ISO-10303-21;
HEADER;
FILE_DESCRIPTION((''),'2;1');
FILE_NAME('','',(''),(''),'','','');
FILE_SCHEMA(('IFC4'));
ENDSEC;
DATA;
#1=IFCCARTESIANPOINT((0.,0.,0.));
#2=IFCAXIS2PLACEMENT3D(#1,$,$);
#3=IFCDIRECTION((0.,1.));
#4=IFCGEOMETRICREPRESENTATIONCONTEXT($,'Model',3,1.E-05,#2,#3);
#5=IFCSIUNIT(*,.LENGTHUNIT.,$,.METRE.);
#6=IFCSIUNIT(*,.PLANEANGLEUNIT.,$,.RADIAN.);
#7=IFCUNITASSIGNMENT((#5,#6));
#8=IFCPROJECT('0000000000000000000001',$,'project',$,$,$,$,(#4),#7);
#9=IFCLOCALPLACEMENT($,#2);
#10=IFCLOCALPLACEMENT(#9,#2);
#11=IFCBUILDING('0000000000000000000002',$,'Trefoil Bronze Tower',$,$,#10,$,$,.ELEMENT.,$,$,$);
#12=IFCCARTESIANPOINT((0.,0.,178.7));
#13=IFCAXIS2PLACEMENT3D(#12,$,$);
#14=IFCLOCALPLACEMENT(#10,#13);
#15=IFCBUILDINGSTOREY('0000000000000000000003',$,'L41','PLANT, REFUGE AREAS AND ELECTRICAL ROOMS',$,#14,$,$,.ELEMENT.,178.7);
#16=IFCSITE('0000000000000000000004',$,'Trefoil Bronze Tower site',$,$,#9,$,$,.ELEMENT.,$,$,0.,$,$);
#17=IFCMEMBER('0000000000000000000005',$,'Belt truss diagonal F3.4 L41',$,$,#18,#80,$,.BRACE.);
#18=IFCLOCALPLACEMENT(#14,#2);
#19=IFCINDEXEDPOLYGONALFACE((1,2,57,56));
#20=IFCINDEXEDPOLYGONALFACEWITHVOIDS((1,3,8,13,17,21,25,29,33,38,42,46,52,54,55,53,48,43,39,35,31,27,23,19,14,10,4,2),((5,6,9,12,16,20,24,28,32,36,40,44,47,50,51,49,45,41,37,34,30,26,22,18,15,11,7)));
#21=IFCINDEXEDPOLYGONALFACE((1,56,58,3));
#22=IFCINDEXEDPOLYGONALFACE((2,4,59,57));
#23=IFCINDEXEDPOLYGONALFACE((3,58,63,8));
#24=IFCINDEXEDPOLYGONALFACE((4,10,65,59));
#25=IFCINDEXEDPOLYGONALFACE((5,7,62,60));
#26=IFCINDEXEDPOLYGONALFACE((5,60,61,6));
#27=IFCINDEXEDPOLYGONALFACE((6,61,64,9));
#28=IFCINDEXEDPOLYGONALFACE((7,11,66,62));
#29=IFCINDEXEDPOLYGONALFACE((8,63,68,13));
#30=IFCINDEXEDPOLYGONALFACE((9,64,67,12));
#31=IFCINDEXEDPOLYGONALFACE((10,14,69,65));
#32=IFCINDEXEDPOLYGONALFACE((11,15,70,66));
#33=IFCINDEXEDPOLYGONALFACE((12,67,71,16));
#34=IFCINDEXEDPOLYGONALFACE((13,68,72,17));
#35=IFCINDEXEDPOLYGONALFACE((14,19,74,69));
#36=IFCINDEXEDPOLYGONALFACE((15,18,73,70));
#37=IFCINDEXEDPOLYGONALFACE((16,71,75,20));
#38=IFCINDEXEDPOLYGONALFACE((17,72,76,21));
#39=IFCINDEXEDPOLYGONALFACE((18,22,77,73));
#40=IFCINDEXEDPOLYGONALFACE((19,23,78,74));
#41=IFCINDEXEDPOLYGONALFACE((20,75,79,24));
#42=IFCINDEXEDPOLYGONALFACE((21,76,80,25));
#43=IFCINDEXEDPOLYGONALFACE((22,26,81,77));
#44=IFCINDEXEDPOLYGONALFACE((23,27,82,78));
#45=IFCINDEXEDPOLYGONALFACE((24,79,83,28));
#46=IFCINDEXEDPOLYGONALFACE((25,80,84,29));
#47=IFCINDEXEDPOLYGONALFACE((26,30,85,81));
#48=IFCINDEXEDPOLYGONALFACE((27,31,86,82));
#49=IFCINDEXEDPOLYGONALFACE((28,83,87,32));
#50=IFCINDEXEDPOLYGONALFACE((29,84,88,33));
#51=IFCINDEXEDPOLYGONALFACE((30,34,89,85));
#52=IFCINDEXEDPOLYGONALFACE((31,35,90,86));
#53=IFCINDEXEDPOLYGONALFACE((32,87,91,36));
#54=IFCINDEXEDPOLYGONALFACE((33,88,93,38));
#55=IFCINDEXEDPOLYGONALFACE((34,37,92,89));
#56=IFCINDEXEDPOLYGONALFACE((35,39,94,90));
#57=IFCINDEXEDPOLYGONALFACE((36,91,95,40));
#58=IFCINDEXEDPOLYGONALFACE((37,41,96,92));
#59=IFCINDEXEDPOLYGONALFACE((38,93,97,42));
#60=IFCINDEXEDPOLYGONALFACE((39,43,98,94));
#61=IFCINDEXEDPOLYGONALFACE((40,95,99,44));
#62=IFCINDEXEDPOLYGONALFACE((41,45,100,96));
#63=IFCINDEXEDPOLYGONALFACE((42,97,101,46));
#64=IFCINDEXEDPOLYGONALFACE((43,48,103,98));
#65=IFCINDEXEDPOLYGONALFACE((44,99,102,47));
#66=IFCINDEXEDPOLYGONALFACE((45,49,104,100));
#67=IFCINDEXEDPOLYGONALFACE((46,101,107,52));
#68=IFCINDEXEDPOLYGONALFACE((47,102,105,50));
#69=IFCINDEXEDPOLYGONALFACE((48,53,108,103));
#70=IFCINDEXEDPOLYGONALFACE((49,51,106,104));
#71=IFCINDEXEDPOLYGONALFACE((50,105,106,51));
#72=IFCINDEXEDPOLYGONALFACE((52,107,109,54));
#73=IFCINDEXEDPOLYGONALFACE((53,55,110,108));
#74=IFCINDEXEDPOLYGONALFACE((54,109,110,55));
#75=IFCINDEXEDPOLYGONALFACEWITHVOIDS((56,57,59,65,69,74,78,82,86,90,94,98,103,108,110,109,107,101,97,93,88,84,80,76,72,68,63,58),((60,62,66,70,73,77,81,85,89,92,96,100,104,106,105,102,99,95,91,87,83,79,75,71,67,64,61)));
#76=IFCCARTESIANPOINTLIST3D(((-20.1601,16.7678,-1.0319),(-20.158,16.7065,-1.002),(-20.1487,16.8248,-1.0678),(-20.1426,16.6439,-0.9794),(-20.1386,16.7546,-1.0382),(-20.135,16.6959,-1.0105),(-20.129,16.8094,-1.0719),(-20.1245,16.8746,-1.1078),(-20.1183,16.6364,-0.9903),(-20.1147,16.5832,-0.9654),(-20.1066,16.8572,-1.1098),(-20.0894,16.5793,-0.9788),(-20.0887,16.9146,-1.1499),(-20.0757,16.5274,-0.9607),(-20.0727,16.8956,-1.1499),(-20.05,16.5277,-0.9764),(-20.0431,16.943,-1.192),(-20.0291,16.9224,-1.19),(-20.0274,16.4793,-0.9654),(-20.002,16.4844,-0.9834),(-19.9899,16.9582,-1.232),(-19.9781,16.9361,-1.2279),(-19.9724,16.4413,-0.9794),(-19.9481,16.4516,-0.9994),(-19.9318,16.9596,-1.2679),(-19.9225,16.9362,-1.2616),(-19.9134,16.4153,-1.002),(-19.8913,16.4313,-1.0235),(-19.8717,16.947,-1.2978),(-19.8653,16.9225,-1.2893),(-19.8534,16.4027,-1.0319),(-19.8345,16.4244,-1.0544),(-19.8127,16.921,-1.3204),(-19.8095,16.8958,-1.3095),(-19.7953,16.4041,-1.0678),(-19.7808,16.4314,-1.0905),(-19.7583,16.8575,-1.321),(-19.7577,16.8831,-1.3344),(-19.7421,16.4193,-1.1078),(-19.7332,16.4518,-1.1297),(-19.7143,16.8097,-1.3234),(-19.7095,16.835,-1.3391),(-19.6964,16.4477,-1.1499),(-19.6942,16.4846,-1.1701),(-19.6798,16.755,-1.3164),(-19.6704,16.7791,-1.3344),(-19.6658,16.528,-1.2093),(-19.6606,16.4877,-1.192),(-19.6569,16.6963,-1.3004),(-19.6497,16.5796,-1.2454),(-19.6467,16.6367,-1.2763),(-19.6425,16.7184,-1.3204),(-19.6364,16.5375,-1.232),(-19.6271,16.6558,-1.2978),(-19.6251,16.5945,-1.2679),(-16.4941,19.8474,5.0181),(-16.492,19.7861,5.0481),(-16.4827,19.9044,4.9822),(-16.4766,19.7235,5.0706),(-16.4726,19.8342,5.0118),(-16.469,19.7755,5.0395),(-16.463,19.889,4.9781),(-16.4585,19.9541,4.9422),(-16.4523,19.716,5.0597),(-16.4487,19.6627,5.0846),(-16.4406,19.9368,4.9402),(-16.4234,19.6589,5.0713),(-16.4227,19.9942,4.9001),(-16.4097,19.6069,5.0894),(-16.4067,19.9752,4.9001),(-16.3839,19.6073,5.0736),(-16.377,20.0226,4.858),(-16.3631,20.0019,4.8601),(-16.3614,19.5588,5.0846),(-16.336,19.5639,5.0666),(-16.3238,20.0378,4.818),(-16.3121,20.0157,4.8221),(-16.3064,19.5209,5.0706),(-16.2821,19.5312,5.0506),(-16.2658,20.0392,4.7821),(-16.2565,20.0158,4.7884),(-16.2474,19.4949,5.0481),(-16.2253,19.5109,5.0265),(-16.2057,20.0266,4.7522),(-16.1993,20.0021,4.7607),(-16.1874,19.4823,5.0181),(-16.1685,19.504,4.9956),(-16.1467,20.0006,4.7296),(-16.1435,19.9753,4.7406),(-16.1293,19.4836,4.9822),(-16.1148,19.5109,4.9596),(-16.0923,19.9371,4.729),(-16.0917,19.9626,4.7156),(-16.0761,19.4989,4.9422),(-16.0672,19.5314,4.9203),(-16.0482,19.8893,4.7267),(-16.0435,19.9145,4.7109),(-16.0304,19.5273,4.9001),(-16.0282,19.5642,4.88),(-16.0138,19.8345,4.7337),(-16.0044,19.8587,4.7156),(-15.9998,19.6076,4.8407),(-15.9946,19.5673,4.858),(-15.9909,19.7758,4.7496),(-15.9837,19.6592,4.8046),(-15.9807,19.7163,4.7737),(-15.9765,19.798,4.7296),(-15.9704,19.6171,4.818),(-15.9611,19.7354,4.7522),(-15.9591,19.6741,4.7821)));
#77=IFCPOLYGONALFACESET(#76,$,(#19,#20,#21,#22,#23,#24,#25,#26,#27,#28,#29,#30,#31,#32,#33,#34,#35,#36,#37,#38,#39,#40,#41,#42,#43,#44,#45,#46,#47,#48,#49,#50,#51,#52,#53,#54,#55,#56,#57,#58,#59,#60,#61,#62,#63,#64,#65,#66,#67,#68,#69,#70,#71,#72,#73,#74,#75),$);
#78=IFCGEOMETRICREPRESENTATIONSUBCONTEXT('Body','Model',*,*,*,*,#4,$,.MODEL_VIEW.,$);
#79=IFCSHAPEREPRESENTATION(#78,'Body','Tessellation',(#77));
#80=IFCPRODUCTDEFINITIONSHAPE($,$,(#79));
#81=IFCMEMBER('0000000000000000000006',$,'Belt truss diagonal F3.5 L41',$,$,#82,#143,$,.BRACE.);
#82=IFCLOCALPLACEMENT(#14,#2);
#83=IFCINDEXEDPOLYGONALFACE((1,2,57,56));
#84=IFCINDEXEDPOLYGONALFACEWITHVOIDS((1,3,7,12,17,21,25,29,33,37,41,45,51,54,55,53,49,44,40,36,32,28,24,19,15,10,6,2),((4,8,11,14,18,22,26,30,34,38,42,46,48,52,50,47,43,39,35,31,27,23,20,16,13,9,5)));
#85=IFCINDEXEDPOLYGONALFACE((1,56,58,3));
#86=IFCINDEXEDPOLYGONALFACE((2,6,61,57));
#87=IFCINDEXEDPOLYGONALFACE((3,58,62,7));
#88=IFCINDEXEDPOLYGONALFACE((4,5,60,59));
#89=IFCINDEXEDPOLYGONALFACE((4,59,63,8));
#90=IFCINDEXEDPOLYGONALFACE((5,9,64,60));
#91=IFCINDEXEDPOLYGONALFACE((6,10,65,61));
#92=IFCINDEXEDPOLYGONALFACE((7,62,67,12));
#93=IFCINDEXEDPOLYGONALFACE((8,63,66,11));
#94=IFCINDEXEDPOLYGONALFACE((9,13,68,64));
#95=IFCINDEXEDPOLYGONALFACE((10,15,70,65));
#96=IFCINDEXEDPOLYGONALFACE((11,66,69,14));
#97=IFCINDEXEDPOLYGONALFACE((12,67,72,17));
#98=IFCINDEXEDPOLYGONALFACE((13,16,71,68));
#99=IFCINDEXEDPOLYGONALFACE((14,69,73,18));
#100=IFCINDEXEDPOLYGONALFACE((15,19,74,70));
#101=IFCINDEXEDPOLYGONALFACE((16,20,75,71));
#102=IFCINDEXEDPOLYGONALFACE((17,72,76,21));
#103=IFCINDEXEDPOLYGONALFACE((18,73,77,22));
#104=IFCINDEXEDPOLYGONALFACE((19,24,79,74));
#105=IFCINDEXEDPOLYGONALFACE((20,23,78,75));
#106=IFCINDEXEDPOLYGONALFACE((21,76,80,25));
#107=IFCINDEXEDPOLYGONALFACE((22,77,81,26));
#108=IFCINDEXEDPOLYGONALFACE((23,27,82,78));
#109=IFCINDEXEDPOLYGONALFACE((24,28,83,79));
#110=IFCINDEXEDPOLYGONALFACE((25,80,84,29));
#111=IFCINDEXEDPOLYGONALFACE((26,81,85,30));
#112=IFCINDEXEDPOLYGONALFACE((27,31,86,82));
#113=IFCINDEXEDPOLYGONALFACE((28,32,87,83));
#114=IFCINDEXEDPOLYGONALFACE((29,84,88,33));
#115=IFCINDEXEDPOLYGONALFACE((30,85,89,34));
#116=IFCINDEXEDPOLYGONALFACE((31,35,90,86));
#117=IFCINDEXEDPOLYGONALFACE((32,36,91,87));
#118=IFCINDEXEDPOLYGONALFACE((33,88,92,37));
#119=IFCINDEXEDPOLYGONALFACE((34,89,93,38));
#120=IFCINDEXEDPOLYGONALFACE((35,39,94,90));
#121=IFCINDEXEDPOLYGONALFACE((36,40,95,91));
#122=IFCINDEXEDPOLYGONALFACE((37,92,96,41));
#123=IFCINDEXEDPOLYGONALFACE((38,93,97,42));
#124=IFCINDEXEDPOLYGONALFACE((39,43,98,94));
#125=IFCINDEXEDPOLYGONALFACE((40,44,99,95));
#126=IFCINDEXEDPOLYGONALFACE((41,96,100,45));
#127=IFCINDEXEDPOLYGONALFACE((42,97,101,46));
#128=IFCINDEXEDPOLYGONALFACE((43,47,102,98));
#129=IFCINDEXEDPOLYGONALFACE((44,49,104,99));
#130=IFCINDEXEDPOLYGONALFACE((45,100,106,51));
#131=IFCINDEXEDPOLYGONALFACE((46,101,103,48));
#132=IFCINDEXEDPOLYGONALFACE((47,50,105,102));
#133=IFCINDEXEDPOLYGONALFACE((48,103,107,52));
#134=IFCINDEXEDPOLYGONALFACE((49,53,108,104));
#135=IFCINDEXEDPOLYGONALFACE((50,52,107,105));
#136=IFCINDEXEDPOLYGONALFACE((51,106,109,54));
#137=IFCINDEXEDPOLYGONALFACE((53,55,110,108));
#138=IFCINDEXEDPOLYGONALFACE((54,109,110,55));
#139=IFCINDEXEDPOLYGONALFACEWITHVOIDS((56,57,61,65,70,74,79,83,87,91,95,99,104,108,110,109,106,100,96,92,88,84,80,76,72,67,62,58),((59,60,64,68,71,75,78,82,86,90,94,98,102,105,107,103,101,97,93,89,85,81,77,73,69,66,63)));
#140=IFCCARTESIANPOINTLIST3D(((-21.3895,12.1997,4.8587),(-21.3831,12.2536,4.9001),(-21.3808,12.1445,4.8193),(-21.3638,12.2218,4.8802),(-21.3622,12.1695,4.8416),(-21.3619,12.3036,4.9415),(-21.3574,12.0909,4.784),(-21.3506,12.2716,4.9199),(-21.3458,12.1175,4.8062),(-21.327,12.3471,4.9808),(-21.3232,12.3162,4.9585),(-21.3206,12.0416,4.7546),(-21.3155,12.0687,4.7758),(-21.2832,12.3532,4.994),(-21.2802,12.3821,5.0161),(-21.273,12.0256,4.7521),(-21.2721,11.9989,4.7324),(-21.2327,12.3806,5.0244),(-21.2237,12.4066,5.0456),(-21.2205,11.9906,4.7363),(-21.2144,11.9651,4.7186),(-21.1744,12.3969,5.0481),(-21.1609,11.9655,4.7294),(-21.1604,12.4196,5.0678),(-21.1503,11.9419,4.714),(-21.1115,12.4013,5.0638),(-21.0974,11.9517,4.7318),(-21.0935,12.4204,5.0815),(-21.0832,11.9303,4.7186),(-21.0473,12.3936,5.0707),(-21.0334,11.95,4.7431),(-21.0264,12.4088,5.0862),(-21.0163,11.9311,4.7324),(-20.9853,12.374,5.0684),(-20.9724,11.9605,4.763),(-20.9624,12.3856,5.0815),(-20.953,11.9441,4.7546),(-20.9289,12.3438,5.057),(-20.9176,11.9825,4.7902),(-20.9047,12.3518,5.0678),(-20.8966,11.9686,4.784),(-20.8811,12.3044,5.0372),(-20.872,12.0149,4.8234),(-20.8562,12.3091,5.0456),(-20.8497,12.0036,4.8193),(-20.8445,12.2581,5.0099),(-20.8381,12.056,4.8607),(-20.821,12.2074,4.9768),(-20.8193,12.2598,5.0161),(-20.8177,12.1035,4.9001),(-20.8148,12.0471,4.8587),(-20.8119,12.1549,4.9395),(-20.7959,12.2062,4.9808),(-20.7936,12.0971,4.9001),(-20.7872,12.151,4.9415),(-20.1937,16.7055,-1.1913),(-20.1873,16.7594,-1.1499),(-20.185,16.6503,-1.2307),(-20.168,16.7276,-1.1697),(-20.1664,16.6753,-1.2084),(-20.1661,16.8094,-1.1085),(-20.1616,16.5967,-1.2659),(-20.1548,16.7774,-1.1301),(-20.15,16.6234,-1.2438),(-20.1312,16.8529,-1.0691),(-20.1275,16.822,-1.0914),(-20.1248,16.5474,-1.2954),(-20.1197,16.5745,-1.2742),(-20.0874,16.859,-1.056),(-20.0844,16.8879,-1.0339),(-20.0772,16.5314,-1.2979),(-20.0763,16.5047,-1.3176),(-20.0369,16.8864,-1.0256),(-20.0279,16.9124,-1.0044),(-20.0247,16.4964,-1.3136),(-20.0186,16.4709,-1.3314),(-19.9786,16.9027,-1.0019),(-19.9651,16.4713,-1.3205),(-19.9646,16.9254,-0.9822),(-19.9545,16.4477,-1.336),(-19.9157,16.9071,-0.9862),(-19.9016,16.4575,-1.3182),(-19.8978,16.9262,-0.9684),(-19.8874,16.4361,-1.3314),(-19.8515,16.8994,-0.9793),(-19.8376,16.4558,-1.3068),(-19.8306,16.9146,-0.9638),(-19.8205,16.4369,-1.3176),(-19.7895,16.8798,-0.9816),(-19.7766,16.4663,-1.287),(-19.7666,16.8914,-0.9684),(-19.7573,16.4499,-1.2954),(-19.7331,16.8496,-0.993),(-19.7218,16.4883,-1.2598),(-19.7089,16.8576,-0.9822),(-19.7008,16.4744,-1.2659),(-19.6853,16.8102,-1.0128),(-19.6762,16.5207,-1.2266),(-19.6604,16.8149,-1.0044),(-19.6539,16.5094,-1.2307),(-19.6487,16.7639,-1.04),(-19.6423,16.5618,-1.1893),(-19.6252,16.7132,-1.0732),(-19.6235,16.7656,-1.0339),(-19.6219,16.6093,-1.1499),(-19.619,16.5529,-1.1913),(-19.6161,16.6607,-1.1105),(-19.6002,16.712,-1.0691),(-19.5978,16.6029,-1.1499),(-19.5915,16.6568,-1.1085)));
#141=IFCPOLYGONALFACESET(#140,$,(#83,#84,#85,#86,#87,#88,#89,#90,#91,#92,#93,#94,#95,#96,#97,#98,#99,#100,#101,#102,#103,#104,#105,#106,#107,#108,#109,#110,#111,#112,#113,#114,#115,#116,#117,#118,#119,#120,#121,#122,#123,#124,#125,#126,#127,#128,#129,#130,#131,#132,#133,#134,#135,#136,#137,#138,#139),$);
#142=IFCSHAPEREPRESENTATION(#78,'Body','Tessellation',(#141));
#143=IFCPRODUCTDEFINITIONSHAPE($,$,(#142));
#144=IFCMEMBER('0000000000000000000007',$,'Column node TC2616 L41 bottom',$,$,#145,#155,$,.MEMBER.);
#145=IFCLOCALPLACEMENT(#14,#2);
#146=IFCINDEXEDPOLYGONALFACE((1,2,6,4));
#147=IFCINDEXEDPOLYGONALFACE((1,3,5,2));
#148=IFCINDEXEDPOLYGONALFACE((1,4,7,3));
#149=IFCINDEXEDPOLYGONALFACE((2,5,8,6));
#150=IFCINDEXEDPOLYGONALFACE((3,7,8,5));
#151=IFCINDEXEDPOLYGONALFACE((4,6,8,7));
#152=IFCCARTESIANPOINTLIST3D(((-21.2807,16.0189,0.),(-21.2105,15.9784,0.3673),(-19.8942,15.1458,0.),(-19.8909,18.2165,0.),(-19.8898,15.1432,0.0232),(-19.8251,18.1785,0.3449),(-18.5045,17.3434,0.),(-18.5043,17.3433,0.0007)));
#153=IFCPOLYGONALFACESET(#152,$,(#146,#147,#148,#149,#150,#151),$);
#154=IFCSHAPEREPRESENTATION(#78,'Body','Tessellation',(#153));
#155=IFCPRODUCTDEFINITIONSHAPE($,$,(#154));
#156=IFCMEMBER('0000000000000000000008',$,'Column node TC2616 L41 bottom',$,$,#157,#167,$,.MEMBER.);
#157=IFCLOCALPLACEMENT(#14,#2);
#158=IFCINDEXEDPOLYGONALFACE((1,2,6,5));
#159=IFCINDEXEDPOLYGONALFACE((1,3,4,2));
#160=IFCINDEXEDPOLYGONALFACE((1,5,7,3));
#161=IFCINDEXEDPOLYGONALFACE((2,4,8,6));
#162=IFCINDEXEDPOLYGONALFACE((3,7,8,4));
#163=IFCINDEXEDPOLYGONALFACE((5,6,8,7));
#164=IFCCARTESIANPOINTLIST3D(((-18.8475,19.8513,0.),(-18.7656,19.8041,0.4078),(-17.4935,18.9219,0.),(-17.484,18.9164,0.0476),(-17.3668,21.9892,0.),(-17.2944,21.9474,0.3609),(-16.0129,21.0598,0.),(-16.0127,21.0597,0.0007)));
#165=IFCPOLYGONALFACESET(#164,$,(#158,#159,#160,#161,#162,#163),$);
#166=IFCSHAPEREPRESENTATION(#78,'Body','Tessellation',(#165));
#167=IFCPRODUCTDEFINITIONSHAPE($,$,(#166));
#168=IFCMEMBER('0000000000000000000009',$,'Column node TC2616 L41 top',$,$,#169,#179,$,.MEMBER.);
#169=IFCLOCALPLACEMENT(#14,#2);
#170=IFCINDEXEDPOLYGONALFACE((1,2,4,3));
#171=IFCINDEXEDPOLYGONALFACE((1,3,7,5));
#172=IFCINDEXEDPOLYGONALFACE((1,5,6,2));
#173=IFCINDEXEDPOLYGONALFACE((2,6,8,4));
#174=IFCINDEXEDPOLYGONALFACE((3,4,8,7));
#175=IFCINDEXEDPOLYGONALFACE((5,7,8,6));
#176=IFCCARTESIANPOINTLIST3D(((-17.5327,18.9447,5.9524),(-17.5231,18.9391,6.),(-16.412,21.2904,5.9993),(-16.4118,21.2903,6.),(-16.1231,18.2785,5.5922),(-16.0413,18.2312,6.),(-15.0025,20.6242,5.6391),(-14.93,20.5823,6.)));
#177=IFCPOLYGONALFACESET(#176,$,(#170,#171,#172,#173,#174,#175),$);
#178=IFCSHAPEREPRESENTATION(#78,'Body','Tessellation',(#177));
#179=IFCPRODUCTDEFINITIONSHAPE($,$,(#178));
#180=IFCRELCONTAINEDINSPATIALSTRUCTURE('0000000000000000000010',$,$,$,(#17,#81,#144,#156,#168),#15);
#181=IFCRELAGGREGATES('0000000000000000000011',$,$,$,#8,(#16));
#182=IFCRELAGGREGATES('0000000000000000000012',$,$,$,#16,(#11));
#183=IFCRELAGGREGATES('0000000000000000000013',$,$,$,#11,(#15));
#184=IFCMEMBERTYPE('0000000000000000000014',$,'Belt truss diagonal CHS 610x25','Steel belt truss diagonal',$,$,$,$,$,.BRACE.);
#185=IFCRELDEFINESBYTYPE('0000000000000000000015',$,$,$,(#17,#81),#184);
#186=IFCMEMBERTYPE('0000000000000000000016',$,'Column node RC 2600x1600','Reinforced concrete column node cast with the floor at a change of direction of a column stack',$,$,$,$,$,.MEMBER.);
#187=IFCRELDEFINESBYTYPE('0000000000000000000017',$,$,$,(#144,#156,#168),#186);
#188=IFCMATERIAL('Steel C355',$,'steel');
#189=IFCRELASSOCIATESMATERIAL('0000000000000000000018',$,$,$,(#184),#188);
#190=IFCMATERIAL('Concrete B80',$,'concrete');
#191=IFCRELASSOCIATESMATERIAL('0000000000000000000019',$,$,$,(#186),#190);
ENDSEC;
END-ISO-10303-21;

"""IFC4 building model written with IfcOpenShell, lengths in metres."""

from ifc_helpers import new_model, si_unit, direction, frame, origin, origin_2d, place, context, subcontext, project, spatial, rectangle, hollow_circle, extrude, clip, halfspace, material, material_profile, profile_set, type_object, element, save


model = new_model("IFC4")

# Units and contexts
model_context = context("Model", 3, precision=1e-05, world=origin(), true_north=direction((0.0, 1.0)))
body_context = subcontext(model_context, "Body", "Model", "MODEL_VIEW")
ifc_project = project(units=[si_unit("LENGTHUNIT", "METRE"), si_unit("PLANEANGLEUNIT", "RADIAN")], contexts=[model_context])

# Site, building, storey
site_placement = place(None, origin())
site = spatial("IfcSite", under=ifc_project, at=site_placement, Name="Trefoil Bronze Tower site", CompositionType="ELEMENT", RefElevation=0.0)
building_placement = place(site_placement, origin())
building = spatial("IfcBuilding", under=site, at=building_placement, Name="Trefoil Bronze Tower", CompositionType="ELEMENT")
storey_placement = place(building_placement, frame((0.0, 0.0, 178.7)))
storey = spatial("IfcBuildingStorey", under=building, at=storey_placement, Name="L41", Description="PLANT, REFUGE AREAS AND ELECTRICAL ROOMS", CompositionType="ELEMENT", Elevation=178.7)

# Members
ifc_material_1 = material(Name="Steel C355", Category="steel")
ifc_material_profile_1 = material_profile(ifc_material_1, hollow_circle(Radius=0.3049, WallThickness=0.0249, at=origin_2d()), Name="CHS 610x25")
ifc_profile_set_1 = profile_set([ifc_material_profile_1], Name="Steel C355")
member_type_1 = type_object("IfcMemberType", Name="Belt truss diagonal CHS 610x25", Description="Steel belt truss diagonal", PredefinedType="BRACE", material=ifc_profile_set_1)
member_1_placement = place(storey_placement, frame((-19.8926, 16.6812, -1.1499), z_axis=(0.475159, 0.399151, 0.784157), x_axis=(-0.643209, 0.765691, 0.0)))
element("IfcMember", 1, at=member_1_placement, inside=storey, type_object=member_type_1, Name="Belt truss diagonal F3.4 L41", PredefinedType="BRACE", context=body_context, shape_type="SweptSolid", body=[
    extrude(hollow_circle(Radius=0.3049, WallThickness=0.0249, at=origin_2d()), origin(), (0.0, 0.0, 1.0), 7.7153),
])
member_2_placement = place(storey_placement, frame((-19.8926, 16.6812, -1.1499), z_axis=(-0.156564, -0.589943, 0.792121), x_axis=(0.966542, -0.256509, 0.0)))
element("IfcMember", 2, at=member_2_placement, inside=storey, type_object=member_type_1, Name="Belt truss diagonal F3.5 L41", PredefinedType="BRACE", context=body_context, shape_type="SweptSolid", body=[
    extrude(hollow_circle(Radius=0.3049, WallThickness=0.0249, at=origin_2d()), origin(), (0.0, 0.0, 1.0), 7.6377),
])
ifc_material_2 = material(Name="Concrete B80", Category="concrete")
ifc_material_profile_2 = material_profile(ifc_material_2, rectangle(XDim=2.6001, YDim=1.6001, at=origin_2d()), Name="RC 2600x1600")
ifc_profile_set_2 = profile_set([ifc_material_profile_2], Name="Concrete B80")
member_type_2 = type_object("IfcMemberType", Name="Column node RC 2600x1600", Description="Reinforced concrete column node cast with the floor at a change of direction of a column stack", PredefinedType="MEMBER", material=ifc_profile_set_2)
member_3_placement = place(storey_placement, frame((-19.9277, 16.7014, -0.1841), z_axis=(0.186504, -0.107499, 0.976555), x_axis=(-0.532855, -0.846163, 0.00862)))
element("IfcMember", 3, at=member_3_placement, inside=storey, type_object=member_type_2, Name="Column node TC2616 L41 bottom", PredefinedType="MEMBER", context=body_context, shape_type="Clipping", body=[
    clip(extrude(rectangle(XDim=2.6001, YDim=1.6001, at=origin_2d()), origin(), (0.0, 0.0, 1.0), 0.377), halfspace(frame((0.0, 0.0, 0.1885), z_axis=(0.00862, -0.215094, 0.976555), x_axis=(0.0, 0.976592, 0.215102)), True)),
])
member_4_placement = place(storey_placement, frame((-17.4712, 20.4792, -0.2043), z_axis=(0.195534, -0.112897, 0.974177), x_axis=(-0.565834, -0.824322, 0.018042)))
element("IfcMember", 4, at=member_4_placement, inside=storey, type_object=member_type_2, Name="Column node TC2616 L41 bottom", PredefinedType="MEMBER", context=body_context, shape_type="Clipping", body=[
    clip(extrude(rectangle(XDim=2.6001, YDim=1.6001, at=origin_2d()), origin(), (0.0, 0.0, 1.0), 0.4194), halfspace(frame((0.0, 0.0, 0.2097), z_axis=(0.018042, -0.225064, 0.974177), x_axis=(0.0, 0.974336, 0.225101)), True)),
])
member_5_placement = place(storey_placement, frame((-16.1855, 19.7371, 6.2043), z_axis=(-0.195534, 0.112897, -0.974177), x_axis=(0.431008, 0.902168, 0.018042)))
element("IfcMember", 5, at=member_5_placement, inside=storey, type_object=member_type_2, Name="Column node TC2616 L41 top", PredefinedType="MEMBER", context=body_context, shape_type="Clipping", body=[
    clip(extrude(rectangle(XDim=2.6001, YDim=1.6001, at=origin_2d()), origin(), (0.0, 0.0, 1.0), 0.4194), halfspace(frame((0.0, 0.0, 0.2097), z_axis=(-0.018042, 0.225064, 0.974177), x_axis=(0.0, 0.974336, -0.225101)), True)),
])

save(model, "model.ifc")
